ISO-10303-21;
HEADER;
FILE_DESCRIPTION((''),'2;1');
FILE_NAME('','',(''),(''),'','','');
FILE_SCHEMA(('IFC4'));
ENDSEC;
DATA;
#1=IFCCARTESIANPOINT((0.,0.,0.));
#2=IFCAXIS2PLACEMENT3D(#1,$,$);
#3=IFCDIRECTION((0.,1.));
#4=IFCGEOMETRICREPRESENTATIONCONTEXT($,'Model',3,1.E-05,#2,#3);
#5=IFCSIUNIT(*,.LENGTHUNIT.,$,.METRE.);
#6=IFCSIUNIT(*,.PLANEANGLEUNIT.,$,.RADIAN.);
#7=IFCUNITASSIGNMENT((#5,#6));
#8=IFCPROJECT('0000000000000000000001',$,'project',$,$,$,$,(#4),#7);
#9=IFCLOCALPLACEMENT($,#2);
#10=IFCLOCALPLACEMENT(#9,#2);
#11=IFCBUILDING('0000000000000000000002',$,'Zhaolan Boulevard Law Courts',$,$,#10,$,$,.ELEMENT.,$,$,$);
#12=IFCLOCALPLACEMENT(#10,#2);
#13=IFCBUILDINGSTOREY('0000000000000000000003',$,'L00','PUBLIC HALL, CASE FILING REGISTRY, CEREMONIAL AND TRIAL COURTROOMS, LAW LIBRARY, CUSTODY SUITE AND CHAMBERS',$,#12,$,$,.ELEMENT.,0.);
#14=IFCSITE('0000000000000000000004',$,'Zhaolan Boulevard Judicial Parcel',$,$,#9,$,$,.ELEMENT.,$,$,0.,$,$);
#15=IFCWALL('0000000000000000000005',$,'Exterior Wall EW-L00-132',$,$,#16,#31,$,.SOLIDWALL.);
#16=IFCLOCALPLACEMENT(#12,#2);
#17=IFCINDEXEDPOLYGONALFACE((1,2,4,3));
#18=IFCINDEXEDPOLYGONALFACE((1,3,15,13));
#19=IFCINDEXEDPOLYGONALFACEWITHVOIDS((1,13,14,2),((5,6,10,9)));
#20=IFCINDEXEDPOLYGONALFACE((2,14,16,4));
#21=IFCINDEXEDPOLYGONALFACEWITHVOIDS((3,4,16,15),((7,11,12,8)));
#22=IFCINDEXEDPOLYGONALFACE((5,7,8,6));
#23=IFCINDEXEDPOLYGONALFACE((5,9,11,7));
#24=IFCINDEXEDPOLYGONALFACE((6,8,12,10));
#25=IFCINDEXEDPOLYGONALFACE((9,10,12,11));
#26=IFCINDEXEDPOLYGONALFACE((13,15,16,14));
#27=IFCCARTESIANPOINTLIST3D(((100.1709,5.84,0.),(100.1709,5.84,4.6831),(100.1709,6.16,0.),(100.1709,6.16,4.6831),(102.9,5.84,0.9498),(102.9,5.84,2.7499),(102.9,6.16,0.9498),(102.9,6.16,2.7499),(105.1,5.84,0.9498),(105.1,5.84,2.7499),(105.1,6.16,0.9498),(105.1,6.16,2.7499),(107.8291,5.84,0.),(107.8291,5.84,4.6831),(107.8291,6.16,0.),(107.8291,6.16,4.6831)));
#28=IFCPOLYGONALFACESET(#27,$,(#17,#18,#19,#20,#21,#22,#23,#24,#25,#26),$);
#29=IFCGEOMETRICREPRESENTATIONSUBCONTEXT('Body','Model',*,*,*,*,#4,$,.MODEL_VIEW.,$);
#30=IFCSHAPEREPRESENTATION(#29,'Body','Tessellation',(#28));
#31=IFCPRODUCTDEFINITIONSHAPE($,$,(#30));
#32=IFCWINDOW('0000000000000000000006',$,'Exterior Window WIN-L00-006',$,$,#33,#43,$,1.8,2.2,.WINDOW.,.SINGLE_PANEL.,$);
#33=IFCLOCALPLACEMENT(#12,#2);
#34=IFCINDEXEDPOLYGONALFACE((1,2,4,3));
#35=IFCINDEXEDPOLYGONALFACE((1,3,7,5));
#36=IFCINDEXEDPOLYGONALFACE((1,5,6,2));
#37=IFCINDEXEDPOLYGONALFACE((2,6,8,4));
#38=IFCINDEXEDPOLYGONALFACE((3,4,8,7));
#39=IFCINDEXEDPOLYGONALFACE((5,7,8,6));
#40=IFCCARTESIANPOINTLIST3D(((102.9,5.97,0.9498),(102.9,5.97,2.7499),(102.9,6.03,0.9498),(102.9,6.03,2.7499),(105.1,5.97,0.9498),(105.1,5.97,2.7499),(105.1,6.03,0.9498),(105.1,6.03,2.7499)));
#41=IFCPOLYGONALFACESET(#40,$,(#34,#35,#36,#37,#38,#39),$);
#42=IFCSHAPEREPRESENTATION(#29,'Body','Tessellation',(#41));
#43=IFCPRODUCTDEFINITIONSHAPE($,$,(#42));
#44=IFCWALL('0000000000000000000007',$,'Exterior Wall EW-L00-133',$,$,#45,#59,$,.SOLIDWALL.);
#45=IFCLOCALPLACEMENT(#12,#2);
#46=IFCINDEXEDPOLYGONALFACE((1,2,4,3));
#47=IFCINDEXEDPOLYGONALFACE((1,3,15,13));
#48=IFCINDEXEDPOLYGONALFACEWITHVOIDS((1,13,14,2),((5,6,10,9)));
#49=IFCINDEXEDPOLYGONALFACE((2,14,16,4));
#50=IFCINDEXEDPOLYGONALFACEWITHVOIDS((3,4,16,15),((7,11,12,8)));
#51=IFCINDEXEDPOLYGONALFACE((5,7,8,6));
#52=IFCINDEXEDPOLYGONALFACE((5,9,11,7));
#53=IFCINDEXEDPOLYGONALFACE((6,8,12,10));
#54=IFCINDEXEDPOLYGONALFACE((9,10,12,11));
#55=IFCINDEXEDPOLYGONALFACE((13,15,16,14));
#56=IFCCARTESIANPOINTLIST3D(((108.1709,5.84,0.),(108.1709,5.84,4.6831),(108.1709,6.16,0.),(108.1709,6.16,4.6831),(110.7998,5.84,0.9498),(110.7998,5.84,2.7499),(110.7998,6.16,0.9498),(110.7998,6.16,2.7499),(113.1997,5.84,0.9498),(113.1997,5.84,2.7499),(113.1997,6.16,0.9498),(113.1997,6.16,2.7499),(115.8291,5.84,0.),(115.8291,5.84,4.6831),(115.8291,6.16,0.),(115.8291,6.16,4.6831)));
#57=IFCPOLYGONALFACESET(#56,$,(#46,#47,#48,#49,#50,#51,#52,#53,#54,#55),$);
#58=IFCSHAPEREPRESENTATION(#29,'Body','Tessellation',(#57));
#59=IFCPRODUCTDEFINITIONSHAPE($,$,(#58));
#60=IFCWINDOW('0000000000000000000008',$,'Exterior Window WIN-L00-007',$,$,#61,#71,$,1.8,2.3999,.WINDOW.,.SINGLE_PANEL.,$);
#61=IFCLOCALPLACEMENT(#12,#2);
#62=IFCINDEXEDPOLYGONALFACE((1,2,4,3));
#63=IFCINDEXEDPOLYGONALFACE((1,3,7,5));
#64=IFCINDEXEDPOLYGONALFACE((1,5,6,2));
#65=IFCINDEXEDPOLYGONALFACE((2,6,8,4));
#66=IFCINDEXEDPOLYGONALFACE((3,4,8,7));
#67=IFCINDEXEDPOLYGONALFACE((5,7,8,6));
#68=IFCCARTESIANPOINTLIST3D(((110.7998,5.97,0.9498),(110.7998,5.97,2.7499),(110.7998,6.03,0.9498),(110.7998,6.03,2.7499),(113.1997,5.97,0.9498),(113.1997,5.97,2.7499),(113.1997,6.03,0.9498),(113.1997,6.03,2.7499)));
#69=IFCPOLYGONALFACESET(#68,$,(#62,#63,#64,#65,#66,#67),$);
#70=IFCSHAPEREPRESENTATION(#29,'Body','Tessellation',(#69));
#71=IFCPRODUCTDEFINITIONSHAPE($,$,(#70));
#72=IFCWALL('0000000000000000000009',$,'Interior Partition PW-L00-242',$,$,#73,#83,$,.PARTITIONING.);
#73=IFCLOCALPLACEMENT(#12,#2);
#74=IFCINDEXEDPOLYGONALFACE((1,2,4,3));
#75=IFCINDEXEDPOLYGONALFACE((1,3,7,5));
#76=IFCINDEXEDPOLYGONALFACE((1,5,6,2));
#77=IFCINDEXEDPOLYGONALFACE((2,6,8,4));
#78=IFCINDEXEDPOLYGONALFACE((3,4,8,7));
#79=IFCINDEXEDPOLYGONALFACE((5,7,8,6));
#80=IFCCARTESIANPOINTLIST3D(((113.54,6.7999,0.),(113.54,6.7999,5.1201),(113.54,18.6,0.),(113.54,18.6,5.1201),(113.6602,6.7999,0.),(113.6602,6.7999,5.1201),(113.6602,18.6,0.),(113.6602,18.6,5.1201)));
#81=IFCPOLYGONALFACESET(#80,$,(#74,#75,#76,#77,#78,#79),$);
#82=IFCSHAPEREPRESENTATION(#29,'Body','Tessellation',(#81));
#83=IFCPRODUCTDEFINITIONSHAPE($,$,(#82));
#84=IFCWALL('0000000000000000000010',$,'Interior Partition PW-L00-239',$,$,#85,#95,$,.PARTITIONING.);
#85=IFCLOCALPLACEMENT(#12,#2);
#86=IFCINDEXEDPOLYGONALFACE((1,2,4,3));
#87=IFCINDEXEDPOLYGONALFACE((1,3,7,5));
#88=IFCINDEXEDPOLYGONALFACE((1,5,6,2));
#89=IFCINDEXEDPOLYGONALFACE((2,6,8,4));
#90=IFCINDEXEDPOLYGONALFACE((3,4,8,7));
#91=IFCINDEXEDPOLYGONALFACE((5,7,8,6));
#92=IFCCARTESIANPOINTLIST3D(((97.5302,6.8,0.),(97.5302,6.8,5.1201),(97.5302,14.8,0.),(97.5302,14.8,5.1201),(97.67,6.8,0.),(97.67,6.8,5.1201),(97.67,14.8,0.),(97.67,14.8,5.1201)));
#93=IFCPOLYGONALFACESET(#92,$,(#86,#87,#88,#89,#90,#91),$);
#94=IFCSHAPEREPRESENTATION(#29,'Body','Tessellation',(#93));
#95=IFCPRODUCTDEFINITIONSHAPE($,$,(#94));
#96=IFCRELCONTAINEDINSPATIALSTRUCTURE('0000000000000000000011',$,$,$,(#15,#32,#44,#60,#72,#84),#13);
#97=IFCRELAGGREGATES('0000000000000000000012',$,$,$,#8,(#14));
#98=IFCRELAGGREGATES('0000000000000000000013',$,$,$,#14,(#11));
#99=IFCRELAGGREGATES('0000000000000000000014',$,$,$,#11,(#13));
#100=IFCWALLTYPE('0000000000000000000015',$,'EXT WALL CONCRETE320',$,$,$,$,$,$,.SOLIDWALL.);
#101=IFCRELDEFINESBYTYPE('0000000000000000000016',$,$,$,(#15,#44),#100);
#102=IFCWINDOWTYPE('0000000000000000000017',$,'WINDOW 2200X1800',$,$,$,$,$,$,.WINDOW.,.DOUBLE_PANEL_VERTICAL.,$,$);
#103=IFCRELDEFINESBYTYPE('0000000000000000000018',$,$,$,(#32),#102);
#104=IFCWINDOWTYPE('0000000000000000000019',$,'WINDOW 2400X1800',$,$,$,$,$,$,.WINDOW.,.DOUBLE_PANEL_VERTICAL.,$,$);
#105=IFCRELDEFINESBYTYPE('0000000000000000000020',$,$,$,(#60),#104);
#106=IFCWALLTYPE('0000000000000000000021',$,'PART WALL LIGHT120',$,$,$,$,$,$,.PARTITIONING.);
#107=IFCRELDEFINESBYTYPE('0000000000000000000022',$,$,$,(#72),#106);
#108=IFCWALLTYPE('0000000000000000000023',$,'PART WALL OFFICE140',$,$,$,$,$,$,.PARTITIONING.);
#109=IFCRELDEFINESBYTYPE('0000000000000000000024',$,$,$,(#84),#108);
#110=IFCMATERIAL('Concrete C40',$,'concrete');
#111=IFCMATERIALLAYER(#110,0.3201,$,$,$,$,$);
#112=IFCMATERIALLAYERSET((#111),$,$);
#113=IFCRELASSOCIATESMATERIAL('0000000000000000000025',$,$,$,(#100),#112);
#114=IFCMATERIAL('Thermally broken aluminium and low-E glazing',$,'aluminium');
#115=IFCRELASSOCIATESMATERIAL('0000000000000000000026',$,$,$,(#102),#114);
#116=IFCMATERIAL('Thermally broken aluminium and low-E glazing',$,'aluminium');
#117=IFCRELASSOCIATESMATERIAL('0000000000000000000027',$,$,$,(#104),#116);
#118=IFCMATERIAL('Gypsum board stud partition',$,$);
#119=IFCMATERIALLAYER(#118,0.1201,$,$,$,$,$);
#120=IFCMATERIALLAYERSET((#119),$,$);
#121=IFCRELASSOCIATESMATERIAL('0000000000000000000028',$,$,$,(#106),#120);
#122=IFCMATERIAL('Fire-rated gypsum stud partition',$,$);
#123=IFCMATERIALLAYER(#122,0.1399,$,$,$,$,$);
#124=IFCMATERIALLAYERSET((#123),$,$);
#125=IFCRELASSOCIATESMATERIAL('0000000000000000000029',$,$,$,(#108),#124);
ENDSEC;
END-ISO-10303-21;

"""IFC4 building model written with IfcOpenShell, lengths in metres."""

from ifc_helpers import new_model, si_unit, direction, frame, frame_2d, origin, place, context, subcontext, project, spatial, rectangle, extrude, material, layer, layer_set, type_object, element, fill, save


model = new_model("IFC4")

# Units and contexts
model_context = context("Model", 3, precision=1e-05, world=origin(), true_north=direction((0.0, 1.0)))
body_context = subcontext(model_context, "Body", "Model", "MODEL_VIEW")
ifc_project = project(units=[si_unit("LENGTHUNIT", "METRE"), si_unit("PLANEANGLEUNIT", "RADIAN")], contexts=[model_context])

# Site, building, storey
site_placement = place(None, origin())
site = spatial("IfcSite", under=ifc_project, at=site_placement, Name="Zhaolan Boulevard Judicial Parcel", CompositionType="ELEMENT", RefElevation=0.0)
building_placement = place(site_placement, origin())
building = spatial("IfcBuilding", under=site, at=building_placement, Name="Zhaolan Boulevard Law Courts", CompositionType="ELEMENT")
storey_placement = place(building_placement, origin())
storey = spatial("IfcBuildingStorey", under=building, at=storey_placement, Name="L00", Description="PUBLIC HALL, CASE FILING REGISTRY, CEREMONIAL AND TRIAL COURTROOMS, LAW LIBRARY, CUSTODY SUITE AND CHAMBERS", CompositionType="ELEMENT", Elevation=0.0)

# Walls, openings, windows
ifc_material_1 = material(Name="Concrete C40", Category="concrete")
ifc_layer_1 = layer(ifc_material_1, 0.3201)
ifc_layer_set_1 = layer_set([ifc_layer_1])
wall_type_1 = type_object("IfcWallType", Name="EXT WALL CONCRETE320", PredefinedType="SOLIDWALL", material=ifc_layer_set_1)
wall_1_placement = place(storey_placement, frame((100.1709, 6.0, 0.0), z_axis=(0.0, 0.0, 1.0), x_axis=(1.0, 0.0, 0.0)))
wall_1 = element("IfcWall", 1, at=wall_1_placement, inside=storey, type_object=wall_type_1, Name="Exterior Wall EW-L00-132", PredefinedType="SOLIDWALL", context=body_context, shape_type="SweptSolid", body=[
    extrude(rectangle(XDim=7.6582, YDim=0.3201, at=frame_2d((3.8291, 0.0))), origin(), (0.0, 0.0, 1.0), 4.6831),
])
opening_1_placement = place(wall_1_placement, frame((2.729, 0.0, 0.95)))
opening_1 = element("IfcOpeningElement", 2, at=opening_1_placement, cuts=wall_1, PredefinedType="OPENING", context=body_context, shape_type="SweptSolid", body=[
    extrude(rectangle(XDim=2.2, YDim=1.8, at=frame_2d((1.1001, 0.8999))), frame((0.0, 0.1699, 0.0), z_axis=(0.0, -1.0, 0.0), x_axis=(1.0, 0.0, 0.0)), (0.0, 0.0, 1.0), 0.3401),
])
ifc_material_2 = material(Name="Thermally broken aluminium and low-E glazing", Category="aluminium")
window_type_1 = type_object("IfcWindowType", Name="WINDOW 2200X1800", PartitioningType="DOUBLE_PANEL_VERTICAL", PredefinedType="WINDOW", material=ifc_material_2)
window_1_placement = place(opening_1_placement, origin())
window_1 = element("IfcWindow", 3, at=window_1_placement, inside=storey, type_object=window_type_1, Name="Exterior Window WIN-L00-006", OverallHeight=1.8, OverallWidth=2.2, PartitioningType="SINGLE_PANEL", PredefinedType="WINDOW", context=body_context, shape_type="SweptSolid", body=[
    extrude(rectangle(XDim=2.2, YDim=1.8, at=frame_2d((1.1001, 0.8999))), frame((0.0, 0.03, 0.0), z_axis=(0.0, -1.0, 0.0), x_axis=(1.0, 0.0, 0.0)), (0.0, 0.0, 1.0), 0.0601),
])
fill(opening_1, window_1)
wall_2_placement = place(storey_placement, frame((108.1709, 6.0, 0.0), z_axis=(0.0, 0.0, 1.0), x_axis=(1.0, 0.0, 0.0)))
wall_2 = element("IfcWall", 4, at=wall_2_placement, inside=storey, type_object=wall_type_1, Name="Exterior Wall EW-L00-133", PredefinedType="SOLIDWALL", context=body_context, shape_type="SweptSolid", body=[
    extrude(rectangle(XDim=7.6582, YDim=0.3201, at=frame_2d((3.8291, 0.0))), origin(), (0.0, 0.0, 1.0), 4.6831),
])
opening_2_placement = place(wall_2_placement, frame((2.6289, 0.0, 0.95)))
opening_2 = element("IfcOpeningElement", 5, at=opening_2_placement, cuts=wall_2, PredefinedType="OPENING", context=body_context, shape_type="SweptSolid", body=[
    extrude(rectangle(XDim=2.3999, YDim=1.8, at=frame_2d((1.2, 0.8999))), frame((0.0, 0.1699, 0.0), z_axis=(0.0, -1.0, 0.0), x_axis=(1.0, 0.0, 0.0)), (0.0, 0.0, 1.0), 0.3401),
])
ifc_material_3 = material(Name="Thermally broken aluminium and low-E glazing", Category="aluminium")
window_type_2 = type_object("IfcWindowType", Name="WINDOW 2400X1800", PartitioningType="DOUBLE_PANEL_VERTICAL", PredefinedType="WINDOW", material=ifc_material_3)
window_2_placement = place(opening_2_placement, origin())
window_2 = element("IfcWindow", 6, at=window_2_placement, inside=storey, type_object=window_type_2, Name="Exterior Window WIN-L00-007", OverallHeight=1.8, OverallWidth=2.3999, PartitioningType="SINGLE_PANEL", PredefinedType="WINDOW", context=body_context, shape_type="SweptSolid", body=[
    extrude(rectangle(XDim=2.3999, YDim=1.8, at=frame_2d((1.2, 0.8999))), frame((0.0, 0.03, 0.0), z_axis=(0.0, -1.0, 0.0), x_axis=(1.0, 0.0, 0.0)), (0.0, 0.0, 1.0), 0.0601),
])
fill(opening_2, window_2)

# Walls
ifc_material_4 = material(Name="Gypsum board stud partition")
ifc_layer_2 = layer(ifc_material_4, 0.1201)
ifc_layer_set_2 = layer_set([ifc_layer_2])
wall_type_2 = type_object("IfcWallType", Name="PART WALL LIGHT120", PredefinedType="PARTITIONING", material=ifc_layer_set_2)
wall_3_placement = place(storey_placement, frame((113.6001, 6.8, 0.0), z_axis=(0.0, 0.0, 1.0), x_axis=(0.0, 1.0, 0.0)))
element("IfcWall", 7, at=wall_3_placement, inside=storey, type_object=wall_type_2, Name="Interior Partition PW-L00-242", PredefinedType="PARTITIONING", context=body_context, shape_type="SweptSolid", body=[
    extrude(rectangle(XDim=11.8, YDim=0.1201, at=frame_2d((5.8999, 0.0))), origin(), (0.0, 0.0, 1.0), 5.1201),
])
ifc_material_5 = material(Name="Fire-rated gypsum stud partition")
ifc_layer_3 = layer(ifc_material_5, 0.1399)
ifc_layer_set_3 = layer_set([ifc_layer_3])
wall_type_3 = type_object("IfcWallType", Name="PART WALL OFFICE140", PredefinedType="PARTITIONING", material=ifc_layer_set_3)
wall_4_placement = place(storey_placement, frame((97.6001, 6.8, 0.0), z_axis=(0.0, 0.0, 1.0), x_axis=(0.0, 1.0, 0.0)))
element("IfcWall", 8, at=wall_4_placement, inside=storey, type_object=wall_type_3, Name="Interior Partition PW-L00-239", PredefinedType="PARTITIONING", context=body_context, shape_type="SweptSolid", body=[
    extrude(rectangle(XDim=8.0, YDim=0.1399, at=frame_2d((4.0, 0.0))), origin(), (0.0, 0.0, 1.0), 5.1201),
])

save(model, "model.ifc")
